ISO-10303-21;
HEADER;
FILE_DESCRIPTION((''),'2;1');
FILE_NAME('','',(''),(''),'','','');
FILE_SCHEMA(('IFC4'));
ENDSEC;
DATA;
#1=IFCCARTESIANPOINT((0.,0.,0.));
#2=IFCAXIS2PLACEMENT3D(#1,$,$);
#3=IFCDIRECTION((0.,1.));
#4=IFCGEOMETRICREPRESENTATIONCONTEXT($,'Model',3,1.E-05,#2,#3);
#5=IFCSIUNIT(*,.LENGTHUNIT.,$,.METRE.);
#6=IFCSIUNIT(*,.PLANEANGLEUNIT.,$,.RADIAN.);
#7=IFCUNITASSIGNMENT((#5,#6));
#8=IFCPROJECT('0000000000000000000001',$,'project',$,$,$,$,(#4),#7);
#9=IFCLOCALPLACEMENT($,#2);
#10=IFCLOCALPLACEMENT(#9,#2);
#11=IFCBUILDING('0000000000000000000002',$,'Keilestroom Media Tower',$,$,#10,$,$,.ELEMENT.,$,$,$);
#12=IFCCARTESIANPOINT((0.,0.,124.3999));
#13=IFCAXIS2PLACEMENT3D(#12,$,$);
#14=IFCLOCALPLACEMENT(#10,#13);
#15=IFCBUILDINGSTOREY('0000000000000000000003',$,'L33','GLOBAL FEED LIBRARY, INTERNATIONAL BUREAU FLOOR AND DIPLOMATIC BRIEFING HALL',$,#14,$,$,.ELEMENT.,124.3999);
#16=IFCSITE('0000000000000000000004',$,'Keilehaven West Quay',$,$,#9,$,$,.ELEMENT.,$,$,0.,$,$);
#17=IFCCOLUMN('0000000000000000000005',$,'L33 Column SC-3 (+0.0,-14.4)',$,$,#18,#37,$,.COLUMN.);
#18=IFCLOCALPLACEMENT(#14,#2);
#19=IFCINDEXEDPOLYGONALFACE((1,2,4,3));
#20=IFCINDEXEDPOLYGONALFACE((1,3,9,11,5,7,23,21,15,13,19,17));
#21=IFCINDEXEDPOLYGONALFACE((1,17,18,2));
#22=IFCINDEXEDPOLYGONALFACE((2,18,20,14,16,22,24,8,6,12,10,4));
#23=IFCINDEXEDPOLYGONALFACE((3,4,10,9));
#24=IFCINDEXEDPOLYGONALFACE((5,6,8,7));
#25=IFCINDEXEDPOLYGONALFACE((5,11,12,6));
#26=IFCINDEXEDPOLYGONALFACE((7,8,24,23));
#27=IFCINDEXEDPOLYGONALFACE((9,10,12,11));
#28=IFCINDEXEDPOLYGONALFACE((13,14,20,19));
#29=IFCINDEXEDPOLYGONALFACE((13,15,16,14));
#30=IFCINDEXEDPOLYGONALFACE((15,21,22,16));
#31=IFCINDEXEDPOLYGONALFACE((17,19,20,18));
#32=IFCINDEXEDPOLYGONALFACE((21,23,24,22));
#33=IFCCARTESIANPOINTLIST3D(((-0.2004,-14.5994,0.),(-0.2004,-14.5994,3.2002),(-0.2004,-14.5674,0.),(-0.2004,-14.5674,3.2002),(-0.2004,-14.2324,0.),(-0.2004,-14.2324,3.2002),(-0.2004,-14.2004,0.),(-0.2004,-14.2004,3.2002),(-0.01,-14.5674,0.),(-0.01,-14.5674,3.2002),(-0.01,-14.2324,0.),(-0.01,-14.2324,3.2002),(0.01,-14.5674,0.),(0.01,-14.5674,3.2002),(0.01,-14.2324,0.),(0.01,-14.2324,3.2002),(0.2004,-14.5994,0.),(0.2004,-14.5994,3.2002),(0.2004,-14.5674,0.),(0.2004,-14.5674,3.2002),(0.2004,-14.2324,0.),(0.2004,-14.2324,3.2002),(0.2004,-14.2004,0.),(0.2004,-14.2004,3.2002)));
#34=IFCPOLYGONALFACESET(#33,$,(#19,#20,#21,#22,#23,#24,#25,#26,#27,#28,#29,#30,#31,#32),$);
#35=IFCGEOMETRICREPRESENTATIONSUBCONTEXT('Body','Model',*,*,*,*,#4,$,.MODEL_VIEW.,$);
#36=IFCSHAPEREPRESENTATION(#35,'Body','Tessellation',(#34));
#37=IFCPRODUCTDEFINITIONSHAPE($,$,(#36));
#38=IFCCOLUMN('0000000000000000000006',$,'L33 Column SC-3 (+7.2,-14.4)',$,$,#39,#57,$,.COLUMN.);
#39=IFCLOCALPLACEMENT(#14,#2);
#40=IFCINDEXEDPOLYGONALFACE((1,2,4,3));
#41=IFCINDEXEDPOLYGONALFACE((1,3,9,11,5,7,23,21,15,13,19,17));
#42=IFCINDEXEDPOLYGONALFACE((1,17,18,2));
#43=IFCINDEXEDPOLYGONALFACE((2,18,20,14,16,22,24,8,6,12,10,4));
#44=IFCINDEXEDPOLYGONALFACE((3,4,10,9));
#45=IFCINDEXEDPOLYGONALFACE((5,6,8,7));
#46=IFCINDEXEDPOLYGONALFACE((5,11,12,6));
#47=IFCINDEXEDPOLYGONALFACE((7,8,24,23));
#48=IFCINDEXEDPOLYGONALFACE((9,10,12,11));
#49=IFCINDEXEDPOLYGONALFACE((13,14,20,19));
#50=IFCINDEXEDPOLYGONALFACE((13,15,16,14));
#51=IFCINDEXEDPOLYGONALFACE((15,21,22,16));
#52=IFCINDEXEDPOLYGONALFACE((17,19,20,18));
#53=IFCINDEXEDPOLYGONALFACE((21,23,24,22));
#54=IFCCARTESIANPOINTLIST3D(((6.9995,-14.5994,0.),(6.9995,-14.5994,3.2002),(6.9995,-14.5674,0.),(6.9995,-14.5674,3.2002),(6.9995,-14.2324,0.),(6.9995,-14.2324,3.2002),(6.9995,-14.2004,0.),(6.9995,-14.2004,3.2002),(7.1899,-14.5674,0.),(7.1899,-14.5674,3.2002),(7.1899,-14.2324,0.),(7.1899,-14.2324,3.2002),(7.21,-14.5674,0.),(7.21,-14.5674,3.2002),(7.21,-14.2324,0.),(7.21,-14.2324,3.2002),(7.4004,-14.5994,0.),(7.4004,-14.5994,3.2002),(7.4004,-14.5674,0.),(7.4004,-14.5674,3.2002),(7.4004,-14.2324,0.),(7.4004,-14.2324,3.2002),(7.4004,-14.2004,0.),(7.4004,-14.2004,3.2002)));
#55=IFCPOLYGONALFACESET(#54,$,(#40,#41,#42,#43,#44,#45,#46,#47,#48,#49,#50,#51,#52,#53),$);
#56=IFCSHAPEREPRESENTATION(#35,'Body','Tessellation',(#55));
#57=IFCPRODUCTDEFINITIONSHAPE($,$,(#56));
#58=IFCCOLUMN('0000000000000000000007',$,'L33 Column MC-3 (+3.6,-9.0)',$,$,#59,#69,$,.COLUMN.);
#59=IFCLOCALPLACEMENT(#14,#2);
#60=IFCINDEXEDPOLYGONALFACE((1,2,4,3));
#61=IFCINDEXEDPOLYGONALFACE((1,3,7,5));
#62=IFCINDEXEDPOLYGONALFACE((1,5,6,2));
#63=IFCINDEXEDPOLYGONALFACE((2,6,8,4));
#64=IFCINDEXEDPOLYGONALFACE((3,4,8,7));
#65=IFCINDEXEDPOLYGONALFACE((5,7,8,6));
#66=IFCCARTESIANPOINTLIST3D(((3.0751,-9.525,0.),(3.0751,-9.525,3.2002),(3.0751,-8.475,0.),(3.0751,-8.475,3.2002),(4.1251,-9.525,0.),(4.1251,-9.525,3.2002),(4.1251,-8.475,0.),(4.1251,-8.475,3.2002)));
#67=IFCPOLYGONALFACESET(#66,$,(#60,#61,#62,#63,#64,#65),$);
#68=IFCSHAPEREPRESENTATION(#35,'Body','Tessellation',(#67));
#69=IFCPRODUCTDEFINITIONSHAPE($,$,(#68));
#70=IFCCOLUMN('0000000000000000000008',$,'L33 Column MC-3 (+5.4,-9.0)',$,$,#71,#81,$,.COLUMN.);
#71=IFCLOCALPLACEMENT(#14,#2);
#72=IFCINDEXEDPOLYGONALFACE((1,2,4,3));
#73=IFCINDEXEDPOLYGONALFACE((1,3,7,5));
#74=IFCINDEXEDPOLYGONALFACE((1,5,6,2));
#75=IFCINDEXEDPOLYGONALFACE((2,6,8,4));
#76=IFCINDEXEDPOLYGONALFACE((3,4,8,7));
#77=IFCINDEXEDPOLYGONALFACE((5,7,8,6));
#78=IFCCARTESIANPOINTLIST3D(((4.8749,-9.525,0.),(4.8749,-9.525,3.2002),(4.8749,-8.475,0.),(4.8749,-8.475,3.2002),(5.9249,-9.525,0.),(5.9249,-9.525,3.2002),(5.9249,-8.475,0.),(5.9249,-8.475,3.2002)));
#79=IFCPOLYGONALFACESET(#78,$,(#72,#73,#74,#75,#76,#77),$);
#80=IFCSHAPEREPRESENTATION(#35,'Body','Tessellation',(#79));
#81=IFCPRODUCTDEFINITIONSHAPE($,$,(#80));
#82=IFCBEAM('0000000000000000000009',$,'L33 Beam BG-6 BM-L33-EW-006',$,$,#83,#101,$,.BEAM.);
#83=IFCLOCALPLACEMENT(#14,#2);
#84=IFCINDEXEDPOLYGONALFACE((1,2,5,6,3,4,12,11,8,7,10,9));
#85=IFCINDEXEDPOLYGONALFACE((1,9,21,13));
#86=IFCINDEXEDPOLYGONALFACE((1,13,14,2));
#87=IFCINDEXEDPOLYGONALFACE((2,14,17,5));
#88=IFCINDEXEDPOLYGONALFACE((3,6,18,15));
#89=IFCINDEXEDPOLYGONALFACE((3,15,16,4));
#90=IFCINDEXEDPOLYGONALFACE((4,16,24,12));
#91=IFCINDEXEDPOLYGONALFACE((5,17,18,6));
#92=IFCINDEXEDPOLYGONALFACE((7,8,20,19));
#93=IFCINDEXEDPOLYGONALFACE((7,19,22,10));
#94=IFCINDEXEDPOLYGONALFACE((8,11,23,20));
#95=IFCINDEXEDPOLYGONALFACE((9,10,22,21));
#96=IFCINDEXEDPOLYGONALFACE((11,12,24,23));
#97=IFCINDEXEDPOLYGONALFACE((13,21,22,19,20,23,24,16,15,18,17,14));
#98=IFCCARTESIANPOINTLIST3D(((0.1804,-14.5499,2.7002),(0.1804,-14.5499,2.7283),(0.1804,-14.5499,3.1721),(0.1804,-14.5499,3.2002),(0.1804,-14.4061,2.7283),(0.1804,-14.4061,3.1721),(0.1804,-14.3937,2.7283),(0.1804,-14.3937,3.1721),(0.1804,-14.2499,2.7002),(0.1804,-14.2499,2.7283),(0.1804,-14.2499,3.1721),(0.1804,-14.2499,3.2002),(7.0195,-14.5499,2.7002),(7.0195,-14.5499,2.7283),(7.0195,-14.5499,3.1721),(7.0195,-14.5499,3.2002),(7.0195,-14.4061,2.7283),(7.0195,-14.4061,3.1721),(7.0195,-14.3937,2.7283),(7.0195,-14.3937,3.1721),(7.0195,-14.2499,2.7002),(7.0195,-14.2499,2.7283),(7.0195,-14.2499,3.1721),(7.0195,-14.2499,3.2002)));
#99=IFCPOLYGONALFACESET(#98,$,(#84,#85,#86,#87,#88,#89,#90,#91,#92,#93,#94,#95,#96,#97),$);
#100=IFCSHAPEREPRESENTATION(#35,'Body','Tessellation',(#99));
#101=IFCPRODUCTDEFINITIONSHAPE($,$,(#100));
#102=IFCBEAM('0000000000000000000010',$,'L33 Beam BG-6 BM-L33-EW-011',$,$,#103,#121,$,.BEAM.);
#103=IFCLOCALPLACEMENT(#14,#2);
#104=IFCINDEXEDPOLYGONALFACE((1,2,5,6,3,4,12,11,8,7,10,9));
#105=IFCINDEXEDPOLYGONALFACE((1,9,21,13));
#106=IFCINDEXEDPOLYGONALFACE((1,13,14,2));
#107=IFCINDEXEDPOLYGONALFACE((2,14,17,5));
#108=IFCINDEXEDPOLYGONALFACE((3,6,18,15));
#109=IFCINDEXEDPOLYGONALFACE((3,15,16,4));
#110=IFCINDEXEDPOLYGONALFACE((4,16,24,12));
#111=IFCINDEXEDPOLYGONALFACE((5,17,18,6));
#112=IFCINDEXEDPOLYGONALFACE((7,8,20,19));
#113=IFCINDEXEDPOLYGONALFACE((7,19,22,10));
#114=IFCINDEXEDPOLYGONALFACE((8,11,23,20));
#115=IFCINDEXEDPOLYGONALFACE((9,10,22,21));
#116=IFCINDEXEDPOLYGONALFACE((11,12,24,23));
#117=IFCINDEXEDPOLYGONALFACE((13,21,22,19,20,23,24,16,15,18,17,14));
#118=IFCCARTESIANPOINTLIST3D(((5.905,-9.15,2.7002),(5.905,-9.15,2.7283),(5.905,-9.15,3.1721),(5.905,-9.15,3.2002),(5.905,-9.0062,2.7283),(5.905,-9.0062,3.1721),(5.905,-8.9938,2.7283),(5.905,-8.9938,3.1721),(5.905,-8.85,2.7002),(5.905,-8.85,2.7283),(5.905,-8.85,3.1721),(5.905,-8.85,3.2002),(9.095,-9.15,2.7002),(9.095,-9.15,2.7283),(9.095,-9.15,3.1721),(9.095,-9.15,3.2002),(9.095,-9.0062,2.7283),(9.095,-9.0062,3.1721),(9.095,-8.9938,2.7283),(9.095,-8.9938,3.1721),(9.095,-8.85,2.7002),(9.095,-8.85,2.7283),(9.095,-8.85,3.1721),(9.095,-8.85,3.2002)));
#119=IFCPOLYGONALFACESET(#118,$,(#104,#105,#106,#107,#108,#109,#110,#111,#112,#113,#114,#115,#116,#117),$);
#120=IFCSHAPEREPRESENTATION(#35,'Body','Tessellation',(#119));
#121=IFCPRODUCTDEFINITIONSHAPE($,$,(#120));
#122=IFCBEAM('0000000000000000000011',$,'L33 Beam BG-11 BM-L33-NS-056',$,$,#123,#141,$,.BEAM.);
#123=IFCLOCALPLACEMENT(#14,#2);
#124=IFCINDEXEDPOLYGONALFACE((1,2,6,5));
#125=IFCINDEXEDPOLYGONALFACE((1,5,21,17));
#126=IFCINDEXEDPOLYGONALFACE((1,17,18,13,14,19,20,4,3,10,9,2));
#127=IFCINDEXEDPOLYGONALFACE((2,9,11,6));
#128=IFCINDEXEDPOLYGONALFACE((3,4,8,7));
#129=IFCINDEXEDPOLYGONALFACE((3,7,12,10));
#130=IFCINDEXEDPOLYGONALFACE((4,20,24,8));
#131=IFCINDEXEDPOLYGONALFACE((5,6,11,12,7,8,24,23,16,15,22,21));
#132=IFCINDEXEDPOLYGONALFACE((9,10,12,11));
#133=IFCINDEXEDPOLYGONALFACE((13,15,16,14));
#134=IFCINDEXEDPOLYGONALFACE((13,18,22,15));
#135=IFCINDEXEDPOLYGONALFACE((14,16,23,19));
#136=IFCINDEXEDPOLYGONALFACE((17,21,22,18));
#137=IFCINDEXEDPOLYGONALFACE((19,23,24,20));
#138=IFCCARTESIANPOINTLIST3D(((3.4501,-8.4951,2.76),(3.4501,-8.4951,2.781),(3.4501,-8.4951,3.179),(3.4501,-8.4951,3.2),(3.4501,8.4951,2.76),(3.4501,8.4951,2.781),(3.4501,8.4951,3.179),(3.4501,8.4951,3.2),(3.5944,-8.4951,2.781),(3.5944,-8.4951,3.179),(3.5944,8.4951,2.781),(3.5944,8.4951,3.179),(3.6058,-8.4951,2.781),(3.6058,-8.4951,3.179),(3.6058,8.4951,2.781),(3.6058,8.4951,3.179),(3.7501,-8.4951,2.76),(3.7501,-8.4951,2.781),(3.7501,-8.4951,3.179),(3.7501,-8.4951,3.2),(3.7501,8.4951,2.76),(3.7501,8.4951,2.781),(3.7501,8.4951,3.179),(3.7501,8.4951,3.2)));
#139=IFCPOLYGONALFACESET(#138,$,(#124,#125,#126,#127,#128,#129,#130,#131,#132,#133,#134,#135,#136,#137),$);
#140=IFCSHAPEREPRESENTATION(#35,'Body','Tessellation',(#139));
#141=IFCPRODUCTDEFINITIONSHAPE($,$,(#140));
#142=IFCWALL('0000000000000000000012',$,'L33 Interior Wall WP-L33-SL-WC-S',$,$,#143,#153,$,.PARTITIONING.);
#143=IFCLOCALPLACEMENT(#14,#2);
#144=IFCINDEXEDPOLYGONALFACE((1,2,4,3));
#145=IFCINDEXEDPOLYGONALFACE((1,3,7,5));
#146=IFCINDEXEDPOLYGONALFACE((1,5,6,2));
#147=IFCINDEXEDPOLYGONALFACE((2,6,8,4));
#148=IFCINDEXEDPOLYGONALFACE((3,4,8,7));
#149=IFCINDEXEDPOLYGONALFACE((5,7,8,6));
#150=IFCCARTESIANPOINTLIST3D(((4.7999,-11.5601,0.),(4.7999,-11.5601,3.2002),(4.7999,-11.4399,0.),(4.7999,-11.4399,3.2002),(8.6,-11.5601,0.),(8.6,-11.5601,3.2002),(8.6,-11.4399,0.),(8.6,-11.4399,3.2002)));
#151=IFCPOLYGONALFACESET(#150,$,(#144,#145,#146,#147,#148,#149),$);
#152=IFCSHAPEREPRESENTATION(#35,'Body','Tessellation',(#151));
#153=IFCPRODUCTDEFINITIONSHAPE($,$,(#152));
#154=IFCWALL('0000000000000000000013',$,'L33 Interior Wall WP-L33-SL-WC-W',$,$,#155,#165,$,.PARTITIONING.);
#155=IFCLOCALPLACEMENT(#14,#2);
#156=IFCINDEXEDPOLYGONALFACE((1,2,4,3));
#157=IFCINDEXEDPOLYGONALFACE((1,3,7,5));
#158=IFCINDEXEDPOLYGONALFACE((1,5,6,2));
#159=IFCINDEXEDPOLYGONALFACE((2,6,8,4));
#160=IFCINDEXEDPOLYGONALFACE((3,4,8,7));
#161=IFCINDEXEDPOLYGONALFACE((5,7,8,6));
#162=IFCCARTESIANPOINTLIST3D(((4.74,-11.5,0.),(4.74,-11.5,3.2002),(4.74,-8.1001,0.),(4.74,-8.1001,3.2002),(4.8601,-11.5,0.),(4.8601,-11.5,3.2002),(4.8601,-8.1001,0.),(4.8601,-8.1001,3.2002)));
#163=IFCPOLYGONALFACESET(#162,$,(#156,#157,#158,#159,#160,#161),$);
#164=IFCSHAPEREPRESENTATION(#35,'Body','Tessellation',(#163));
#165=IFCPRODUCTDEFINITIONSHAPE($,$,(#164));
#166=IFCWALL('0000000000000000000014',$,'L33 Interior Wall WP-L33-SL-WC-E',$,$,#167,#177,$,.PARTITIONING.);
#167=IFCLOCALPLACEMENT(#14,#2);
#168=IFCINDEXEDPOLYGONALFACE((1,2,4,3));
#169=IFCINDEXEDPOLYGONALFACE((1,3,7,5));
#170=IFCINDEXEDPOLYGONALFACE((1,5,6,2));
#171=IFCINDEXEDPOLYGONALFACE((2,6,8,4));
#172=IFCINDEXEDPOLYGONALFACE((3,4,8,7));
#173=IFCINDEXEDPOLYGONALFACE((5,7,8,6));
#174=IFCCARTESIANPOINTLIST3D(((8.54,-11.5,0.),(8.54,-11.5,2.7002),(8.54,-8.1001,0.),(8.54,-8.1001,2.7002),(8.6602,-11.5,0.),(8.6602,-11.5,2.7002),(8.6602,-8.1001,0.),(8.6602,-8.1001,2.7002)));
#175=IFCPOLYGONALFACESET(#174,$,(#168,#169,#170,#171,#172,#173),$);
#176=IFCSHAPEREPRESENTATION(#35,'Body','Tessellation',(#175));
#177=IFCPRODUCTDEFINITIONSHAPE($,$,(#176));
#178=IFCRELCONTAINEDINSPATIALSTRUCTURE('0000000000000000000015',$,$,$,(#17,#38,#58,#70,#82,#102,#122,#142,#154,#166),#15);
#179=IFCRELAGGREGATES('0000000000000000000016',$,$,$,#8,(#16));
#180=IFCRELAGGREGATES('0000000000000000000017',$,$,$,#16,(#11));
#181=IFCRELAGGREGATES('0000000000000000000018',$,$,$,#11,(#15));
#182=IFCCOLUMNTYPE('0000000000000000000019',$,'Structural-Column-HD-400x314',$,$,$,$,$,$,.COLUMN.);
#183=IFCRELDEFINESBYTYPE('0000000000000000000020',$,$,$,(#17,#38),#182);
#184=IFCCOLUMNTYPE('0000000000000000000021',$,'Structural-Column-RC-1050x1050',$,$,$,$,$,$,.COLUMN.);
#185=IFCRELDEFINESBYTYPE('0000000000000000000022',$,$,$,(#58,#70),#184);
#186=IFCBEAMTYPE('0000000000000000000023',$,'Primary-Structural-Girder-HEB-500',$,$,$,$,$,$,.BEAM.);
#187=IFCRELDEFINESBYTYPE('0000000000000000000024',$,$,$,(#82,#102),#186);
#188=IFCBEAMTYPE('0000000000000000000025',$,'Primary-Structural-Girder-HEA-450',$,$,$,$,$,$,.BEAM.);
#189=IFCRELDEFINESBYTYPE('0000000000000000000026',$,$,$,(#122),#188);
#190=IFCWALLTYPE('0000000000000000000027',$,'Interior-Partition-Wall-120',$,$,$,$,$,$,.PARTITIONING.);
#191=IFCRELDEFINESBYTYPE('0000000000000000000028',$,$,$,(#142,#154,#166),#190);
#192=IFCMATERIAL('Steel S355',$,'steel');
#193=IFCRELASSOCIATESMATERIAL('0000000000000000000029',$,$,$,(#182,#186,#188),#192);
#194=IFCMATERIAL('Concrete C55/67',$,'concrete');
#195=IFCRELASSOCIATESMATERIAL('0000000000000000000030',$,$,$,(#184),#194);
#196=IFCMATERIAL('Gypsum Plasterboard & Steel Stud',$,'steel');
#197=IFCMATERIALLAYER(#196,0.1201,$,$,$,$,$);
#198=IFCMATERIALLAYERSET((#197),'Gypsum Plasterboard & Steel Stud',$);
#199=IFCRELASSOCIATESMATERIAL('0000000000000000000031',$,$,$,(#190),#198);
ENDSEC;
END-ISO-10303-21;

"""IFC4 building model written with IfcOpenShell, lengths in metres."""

from ifc_helpers import new_model, si_unit, direction, frame, frame_2d, origin, origin_2d, place, context, subcontext, project, spatial, rectangle, i_section, extrude, source, transform, mapped, material, layer, layer_set, material_profile, profile_set, type_object, element, save


model = new_model("IFC4")

# Units and contexts
model_context = context("Model", 3, precision=1e-05, world=origin(), true_north=direction((0.0, 1.0)))
body_context = subcontext(model_context, "Body", "Model", "MODEL_VIEW")
ifc_project = project(units=[si_unit("LENGTHUNIT", "METRE"), si_unit("PLANEANGLEUNIT", "RADIAN")], contexts=[model_context])

# Site, building, storey
site_placement = place(None, origin())
site = spatial("IfcSite", under=ifc_project, at=site_placement, Name="Keilehaven West Quay", CompositionType="ELEMENT", RefElevation=0.0)
building_placement = place(site_placement, origin())
building = spatial("IfcBuilding", under=site, at=building_placement, Name="Keilestroom Media Tower", CompositionType="ELEMENT")
storey_placement = place(building_placement, frame((0.0, 0.0, 124.3999)))
storey = spatial("IfcBuildingStorey", under=building, at=storey_placement, Name="L33", Description="GLOBAL FEED LIBRARY, INTERNATIONAL BUREAU FLOOR AND DIPLOMATIC BRIEFING HALL", CompositionType="ELEMENT", Elevation=124.3999)

# Columns
ifc_material_1 = material(Name="Steel S355", Category="steel")
ifc_material_profile_1 = material_profile(ifc_material_1, i_section(OverallWidth=0.4009, OverallDepth=0.3989, WebThickness=0.02, FlangeThickness=0.032, at=origin_2d()), Name="HD 400x314")
ifc_profile_set_1 = profile_set([ifc_material_profile_1], Name="Steel S355")
column_type_1 = type_object("IfcColumnType", Name="Structural-Column-HD-400x314", PredefinedType="COLUMN", material=ifc_profile_set_1)
shared_shape_1 = source(origin(), body_context, "Body", "SweptSolid", [
    extrude(i_section(OverallWidth=0.4009, OverallDepth=0.3989, WebThickness=0.02, FlangeThickness=0.032, at=origin_2d()), origin(), (0.0, 0.0, 1.0), 3.2002),
])
for number, where, z_axis, x_axis, name in (
    (1, (0.0, -14.3999, 0.0), (0.0, 0.0, 1.0), (1.0, 0.0, 0.0), "L33 Column SC-3 (+0.0,-14.4)"),
    (2, (7.2, -14.3999, 0.0), (0.0, 0.0, 1.0), (1.0, 0.0, 0.0), "L33 Column SC-3 (+7.2,-14.4)"),
):
    element("IfcColumn", number, at=place(storey_placement, frame(where, z_axis=z_axis, x_axis=x_axis)), inside=storey, type_object=column_type_1, Name=name, PredefinedType="COLUMN", context=body_context, shape_type="MappedRepresentation", body=[
        mapped(shared_shape_1, transform((0.0, 0.0, 0.0), x_axis=(1.0, 0.0, 0.0), y_axis=(0.0, 1.0, 0.0), z_axis=(0.0, 0.0, 1.0), scale=1.0)),
    ])
ifc_material_2 = material(Name="Concrete C55/67", Category="concrete")
ifc_material_profile_2 = material_profile(ifc_material_2, rectangle(XDim=1.05, YDim=1.05, at=origin_2d()), Name="RC 1050x1050")
ifc_profile_set_2 = profile_set([ifc_material_profile_2], Name="Concrete C55/67")
column_type_2 = type_object("IfcColumnType", Name="Structural-Column-RC-1050x1050", PredefinedType="COLUMN", material=ifc_profile_set_2)
shared_shape_2 = source(origin(), body_context, "Body", "SweptSolid", [
    extrude(rectangle(XDim=1.05, YDim=1.05, at=origin_2d()), origin(), (0.0, 0.0, 1.0), 3.2002),
])
for number, where, z_axis, x_axis, name in (
    (3, (3.6001, -9.0, 0.0), (0.0, 0.0, 1.0), (1.0, 0.0, 0.0), "L33 Column MC-3 (+3.6,-9.0)"),
    (4, (5.3999, -9.0, 0.0), (0.0, 0.0, 1.0), (1.0, 0.0, 0.0), "L33 Column MC-3 (+5.4,-9.0)"),
):
    element("IfcColumn", number, at=place(storey_placement, frame(where, z_axis=z_axis, x_axis=x_axis)), inside=storey, type_object=column_type_2, Name=name, PredefinedType="COLUMN", context=body_context, shape_type="MappedRepresentation", body=[
        mapped(shared_shape_2, transform((0.0, 0.0, 0.0), x_axis=(1.0, 0.0, 0.0), y_axis=(0.0, 1.0, 0.0), z_axis=(0.0, 0.0, 1.0), scale=1.0)),
    ])

# Beams
ifc_material_profile_3 = material_profile(ifc_material_1, i_section(OverallWidth=0.3, OverallDepth=0.5, WebThickness=0.0125, FlangeThickness=0.0281, at=origin_2d()), Name="HEB 500")
ifc_profile_set_3 = profile_set([ifc_material_profile_3], Name="Steel S355")
beam_type_1 = type_object("IfcBeamType", Name="Primary-Structural-Girder-HEB-500", PredefinedType="BEAM", material=ifc_profile_set_3)
shared_shape_3 = source(origin(), body_context, "Body", "SweptSolid", [
    extrude(i_section(OverallWidth=0.3, OverallDepth=0.5, WebThickness=0.0125, FlangeThickness=0.0281, at=origin_2d()), origin(), (0.0, 0.0, 1.0), 6.8391),
])
beam_1_placement = place(storey_placement, frame((0.1804, -14.3999, 2.9502), z_axis=(1.0, 0.0, 0.0), x_axis=(0.0, 1.0, 0.0)))
element("IfcBeam", 5, at=beam_1_placement, inside=storey, type_object=beam_type_1, Name="L33 Beam BG-6 BM-L33-EW-006", PredefinedType="BEAM", context=body_context, shape_type="MappedRepresentation", body=[
    mapped(shared_shape_3, transform((0.0, 0.0, 0.0), x_axis=(1.0, 0.0, 0.0), y_axis=(0.0, 1.0, 0.0), z_axis=(0.0, 0.0, 1.0), scale=1.0)),
])
shared_shape_4 = source(origin(), body_context, "Body", "SweptSolid", [
    extrude(i_section(OverallWidth=0.3, OverallDepth=0.5, WebThickness=0.0125, FlangeThickness=0.0281, at=origin_2d()), origin(), (0.0, 0.0, 1.0), 3.1899),
])
beam_2_placement = place(storey_placement, frame((5.905, -9.0, 2.9502), z_axis=(1.0, 0.0, 0.0), x_axis=(0.0, 1.0, 0.0)))
element("IfcBeam", 6, at=beam_2_placement, inside=storey, type_object=beam_type_1, Name="L33 Beam BG-6 BM-L33-EW-011", PredefinedType="BEAM", context=body_context, shape_type="MappedRepresentation", body=[
    mapped(shared_shape_4, transform((0.0, 0.0, 0.0), x_axis=(1.0, 0.0, 0.0), y_axis=(0.0, 1.0, 0.0), z_axis=(0.0, 0.0, 1.0), scale=1.0)),
])
ifc_material_profile_4 = material_profile(ifc_material_1, i_section(OverallWidth=0.3, OverallDepth=0.4399, WebThickness=0.0115, FlangeThickness=0.021, at=origin_2d()), Name="HEA 450")
ifc_profile_set_4 = profile_set([ifc_material_profile_4], Name="Steel S355")
beam_type_2 = type_object("IfcBeamType", Name="Primary-Structural-Girder-HEA-450", PredefinedType="BEAM", material=ifc_profile_set_4)
shared_shape_5 = source(origin(), body_context, "Body", "SweptSolid", [
    extrude(i_section(OverallWidth=0.3, OverallDepth=0.4399, WebThickness=0.0115, FlangeThickness=0.021, at=origin_2d()), origin(), (0.0, 0.0, 1.0), 16.9902),
])
beam_3_placement = place(storey_placement, frame((3.6001, -8.4951, 2.98), z_axis=(0.0, 1.0, 0.0), x_axis=(-1.0, 0.0, 0.0)))
element("IfcBeam", 7, at=beam_3_placement, inside=storey, type_object=beam_type_2, Name="L33 Beam BG-11 BM-L33-NS-056", PredefinedType="BEAM", context=body_context, shape_type="MappedRepresentation", body=[
    mapped(shared_shape_5, transform((0.0, 0.0, 0.0), x_axis=(1.0, 0.0, 0.0), y_axis=(0.0, 1.0, 0.0), z_axis=(0.0, 0.0, 1.0), scale=1.0)),
])

# Walls
ifc_material_3 = material(Name="Gypsum Plasterboard & Steel Stud", Category="steel")
ifc_layer_1 = layer(ifc_material_3, 0.1201)
ifc_layer_set_1 = layer_set([ifc_layer_1], Name="Gypsum Plasterboard & Steel Stud")
wall_type_1 = type_object("IfcWallType", Name="Interior-Partition-Wall-120", PredefinedType="PARTITIONING", material=ifc_layer_set_1)
wall_1_placement = place(storey_placement, frame((4.8, -11.5, 0.0), z_axis=(0.0, 0.0, 1.0), x_axis=(1.0, 0.0, 0.0)))
element("IfcWall", 8, at=wall_1_placement, inside=storey, type_object=wall_type_1, Name="L33 Interior Wall WP-L33-SL-WC-S", PredefinedType="PARTITIONING", context=body_context, shape_type="SweptSolid", body=[
    extrude(rectangle(XDim=3.8, YDim=0.1201, at=frame_2d((1.8999, 0.0))), origin(), (0.0, 0.0, 1.0), 3.2002),
])
wall_2_placement = place(storey_placement, frame((4.8, -11.5, 0.0), z_axis=(0.0, 0.0, 1.0), x_axis=(0.0, 1.0, 0.0)))
element("IfcWall", 9, at=wall_2_placement, inside=storey, type_object=wall_type_1, Name="L33 Interior Wall WP-L33-SL-WC-W", PredefinedType="PARTITIONING", context=body_context, shape_type="SweptSolid", body=[
    extrude(rectangle(XDim=3.3999, YDim=0.1201, at=frame_2d((1.7, 0.0))), origin(), (0.0, 0.0, 1.0), 3.2002),
])
wall_3_placement = place(storey_placement, frame((8.6001, -11.5, 0.0), z_axis=(0.0, 0.0, 1.0), x_axis=(0.0, 1.0, 0.0)))
element("IfcWall", 10, at=wall_3_placement, inside=storey, type_object=wall_type_1, Name="L33 Interior Wall WP-L33-SL-WC-E", PredefinedType="PARTITIONING", context=body_context, shape_type="SweptSolid", body=[
    extrude(rectangle(XDim=3.3999, YDim=0.1201, at=frame_2d((1.7, 0.0))), origin(), (0.0, 0.0, 1.0), 2.7002),
])

save(model, "model.ifc")
